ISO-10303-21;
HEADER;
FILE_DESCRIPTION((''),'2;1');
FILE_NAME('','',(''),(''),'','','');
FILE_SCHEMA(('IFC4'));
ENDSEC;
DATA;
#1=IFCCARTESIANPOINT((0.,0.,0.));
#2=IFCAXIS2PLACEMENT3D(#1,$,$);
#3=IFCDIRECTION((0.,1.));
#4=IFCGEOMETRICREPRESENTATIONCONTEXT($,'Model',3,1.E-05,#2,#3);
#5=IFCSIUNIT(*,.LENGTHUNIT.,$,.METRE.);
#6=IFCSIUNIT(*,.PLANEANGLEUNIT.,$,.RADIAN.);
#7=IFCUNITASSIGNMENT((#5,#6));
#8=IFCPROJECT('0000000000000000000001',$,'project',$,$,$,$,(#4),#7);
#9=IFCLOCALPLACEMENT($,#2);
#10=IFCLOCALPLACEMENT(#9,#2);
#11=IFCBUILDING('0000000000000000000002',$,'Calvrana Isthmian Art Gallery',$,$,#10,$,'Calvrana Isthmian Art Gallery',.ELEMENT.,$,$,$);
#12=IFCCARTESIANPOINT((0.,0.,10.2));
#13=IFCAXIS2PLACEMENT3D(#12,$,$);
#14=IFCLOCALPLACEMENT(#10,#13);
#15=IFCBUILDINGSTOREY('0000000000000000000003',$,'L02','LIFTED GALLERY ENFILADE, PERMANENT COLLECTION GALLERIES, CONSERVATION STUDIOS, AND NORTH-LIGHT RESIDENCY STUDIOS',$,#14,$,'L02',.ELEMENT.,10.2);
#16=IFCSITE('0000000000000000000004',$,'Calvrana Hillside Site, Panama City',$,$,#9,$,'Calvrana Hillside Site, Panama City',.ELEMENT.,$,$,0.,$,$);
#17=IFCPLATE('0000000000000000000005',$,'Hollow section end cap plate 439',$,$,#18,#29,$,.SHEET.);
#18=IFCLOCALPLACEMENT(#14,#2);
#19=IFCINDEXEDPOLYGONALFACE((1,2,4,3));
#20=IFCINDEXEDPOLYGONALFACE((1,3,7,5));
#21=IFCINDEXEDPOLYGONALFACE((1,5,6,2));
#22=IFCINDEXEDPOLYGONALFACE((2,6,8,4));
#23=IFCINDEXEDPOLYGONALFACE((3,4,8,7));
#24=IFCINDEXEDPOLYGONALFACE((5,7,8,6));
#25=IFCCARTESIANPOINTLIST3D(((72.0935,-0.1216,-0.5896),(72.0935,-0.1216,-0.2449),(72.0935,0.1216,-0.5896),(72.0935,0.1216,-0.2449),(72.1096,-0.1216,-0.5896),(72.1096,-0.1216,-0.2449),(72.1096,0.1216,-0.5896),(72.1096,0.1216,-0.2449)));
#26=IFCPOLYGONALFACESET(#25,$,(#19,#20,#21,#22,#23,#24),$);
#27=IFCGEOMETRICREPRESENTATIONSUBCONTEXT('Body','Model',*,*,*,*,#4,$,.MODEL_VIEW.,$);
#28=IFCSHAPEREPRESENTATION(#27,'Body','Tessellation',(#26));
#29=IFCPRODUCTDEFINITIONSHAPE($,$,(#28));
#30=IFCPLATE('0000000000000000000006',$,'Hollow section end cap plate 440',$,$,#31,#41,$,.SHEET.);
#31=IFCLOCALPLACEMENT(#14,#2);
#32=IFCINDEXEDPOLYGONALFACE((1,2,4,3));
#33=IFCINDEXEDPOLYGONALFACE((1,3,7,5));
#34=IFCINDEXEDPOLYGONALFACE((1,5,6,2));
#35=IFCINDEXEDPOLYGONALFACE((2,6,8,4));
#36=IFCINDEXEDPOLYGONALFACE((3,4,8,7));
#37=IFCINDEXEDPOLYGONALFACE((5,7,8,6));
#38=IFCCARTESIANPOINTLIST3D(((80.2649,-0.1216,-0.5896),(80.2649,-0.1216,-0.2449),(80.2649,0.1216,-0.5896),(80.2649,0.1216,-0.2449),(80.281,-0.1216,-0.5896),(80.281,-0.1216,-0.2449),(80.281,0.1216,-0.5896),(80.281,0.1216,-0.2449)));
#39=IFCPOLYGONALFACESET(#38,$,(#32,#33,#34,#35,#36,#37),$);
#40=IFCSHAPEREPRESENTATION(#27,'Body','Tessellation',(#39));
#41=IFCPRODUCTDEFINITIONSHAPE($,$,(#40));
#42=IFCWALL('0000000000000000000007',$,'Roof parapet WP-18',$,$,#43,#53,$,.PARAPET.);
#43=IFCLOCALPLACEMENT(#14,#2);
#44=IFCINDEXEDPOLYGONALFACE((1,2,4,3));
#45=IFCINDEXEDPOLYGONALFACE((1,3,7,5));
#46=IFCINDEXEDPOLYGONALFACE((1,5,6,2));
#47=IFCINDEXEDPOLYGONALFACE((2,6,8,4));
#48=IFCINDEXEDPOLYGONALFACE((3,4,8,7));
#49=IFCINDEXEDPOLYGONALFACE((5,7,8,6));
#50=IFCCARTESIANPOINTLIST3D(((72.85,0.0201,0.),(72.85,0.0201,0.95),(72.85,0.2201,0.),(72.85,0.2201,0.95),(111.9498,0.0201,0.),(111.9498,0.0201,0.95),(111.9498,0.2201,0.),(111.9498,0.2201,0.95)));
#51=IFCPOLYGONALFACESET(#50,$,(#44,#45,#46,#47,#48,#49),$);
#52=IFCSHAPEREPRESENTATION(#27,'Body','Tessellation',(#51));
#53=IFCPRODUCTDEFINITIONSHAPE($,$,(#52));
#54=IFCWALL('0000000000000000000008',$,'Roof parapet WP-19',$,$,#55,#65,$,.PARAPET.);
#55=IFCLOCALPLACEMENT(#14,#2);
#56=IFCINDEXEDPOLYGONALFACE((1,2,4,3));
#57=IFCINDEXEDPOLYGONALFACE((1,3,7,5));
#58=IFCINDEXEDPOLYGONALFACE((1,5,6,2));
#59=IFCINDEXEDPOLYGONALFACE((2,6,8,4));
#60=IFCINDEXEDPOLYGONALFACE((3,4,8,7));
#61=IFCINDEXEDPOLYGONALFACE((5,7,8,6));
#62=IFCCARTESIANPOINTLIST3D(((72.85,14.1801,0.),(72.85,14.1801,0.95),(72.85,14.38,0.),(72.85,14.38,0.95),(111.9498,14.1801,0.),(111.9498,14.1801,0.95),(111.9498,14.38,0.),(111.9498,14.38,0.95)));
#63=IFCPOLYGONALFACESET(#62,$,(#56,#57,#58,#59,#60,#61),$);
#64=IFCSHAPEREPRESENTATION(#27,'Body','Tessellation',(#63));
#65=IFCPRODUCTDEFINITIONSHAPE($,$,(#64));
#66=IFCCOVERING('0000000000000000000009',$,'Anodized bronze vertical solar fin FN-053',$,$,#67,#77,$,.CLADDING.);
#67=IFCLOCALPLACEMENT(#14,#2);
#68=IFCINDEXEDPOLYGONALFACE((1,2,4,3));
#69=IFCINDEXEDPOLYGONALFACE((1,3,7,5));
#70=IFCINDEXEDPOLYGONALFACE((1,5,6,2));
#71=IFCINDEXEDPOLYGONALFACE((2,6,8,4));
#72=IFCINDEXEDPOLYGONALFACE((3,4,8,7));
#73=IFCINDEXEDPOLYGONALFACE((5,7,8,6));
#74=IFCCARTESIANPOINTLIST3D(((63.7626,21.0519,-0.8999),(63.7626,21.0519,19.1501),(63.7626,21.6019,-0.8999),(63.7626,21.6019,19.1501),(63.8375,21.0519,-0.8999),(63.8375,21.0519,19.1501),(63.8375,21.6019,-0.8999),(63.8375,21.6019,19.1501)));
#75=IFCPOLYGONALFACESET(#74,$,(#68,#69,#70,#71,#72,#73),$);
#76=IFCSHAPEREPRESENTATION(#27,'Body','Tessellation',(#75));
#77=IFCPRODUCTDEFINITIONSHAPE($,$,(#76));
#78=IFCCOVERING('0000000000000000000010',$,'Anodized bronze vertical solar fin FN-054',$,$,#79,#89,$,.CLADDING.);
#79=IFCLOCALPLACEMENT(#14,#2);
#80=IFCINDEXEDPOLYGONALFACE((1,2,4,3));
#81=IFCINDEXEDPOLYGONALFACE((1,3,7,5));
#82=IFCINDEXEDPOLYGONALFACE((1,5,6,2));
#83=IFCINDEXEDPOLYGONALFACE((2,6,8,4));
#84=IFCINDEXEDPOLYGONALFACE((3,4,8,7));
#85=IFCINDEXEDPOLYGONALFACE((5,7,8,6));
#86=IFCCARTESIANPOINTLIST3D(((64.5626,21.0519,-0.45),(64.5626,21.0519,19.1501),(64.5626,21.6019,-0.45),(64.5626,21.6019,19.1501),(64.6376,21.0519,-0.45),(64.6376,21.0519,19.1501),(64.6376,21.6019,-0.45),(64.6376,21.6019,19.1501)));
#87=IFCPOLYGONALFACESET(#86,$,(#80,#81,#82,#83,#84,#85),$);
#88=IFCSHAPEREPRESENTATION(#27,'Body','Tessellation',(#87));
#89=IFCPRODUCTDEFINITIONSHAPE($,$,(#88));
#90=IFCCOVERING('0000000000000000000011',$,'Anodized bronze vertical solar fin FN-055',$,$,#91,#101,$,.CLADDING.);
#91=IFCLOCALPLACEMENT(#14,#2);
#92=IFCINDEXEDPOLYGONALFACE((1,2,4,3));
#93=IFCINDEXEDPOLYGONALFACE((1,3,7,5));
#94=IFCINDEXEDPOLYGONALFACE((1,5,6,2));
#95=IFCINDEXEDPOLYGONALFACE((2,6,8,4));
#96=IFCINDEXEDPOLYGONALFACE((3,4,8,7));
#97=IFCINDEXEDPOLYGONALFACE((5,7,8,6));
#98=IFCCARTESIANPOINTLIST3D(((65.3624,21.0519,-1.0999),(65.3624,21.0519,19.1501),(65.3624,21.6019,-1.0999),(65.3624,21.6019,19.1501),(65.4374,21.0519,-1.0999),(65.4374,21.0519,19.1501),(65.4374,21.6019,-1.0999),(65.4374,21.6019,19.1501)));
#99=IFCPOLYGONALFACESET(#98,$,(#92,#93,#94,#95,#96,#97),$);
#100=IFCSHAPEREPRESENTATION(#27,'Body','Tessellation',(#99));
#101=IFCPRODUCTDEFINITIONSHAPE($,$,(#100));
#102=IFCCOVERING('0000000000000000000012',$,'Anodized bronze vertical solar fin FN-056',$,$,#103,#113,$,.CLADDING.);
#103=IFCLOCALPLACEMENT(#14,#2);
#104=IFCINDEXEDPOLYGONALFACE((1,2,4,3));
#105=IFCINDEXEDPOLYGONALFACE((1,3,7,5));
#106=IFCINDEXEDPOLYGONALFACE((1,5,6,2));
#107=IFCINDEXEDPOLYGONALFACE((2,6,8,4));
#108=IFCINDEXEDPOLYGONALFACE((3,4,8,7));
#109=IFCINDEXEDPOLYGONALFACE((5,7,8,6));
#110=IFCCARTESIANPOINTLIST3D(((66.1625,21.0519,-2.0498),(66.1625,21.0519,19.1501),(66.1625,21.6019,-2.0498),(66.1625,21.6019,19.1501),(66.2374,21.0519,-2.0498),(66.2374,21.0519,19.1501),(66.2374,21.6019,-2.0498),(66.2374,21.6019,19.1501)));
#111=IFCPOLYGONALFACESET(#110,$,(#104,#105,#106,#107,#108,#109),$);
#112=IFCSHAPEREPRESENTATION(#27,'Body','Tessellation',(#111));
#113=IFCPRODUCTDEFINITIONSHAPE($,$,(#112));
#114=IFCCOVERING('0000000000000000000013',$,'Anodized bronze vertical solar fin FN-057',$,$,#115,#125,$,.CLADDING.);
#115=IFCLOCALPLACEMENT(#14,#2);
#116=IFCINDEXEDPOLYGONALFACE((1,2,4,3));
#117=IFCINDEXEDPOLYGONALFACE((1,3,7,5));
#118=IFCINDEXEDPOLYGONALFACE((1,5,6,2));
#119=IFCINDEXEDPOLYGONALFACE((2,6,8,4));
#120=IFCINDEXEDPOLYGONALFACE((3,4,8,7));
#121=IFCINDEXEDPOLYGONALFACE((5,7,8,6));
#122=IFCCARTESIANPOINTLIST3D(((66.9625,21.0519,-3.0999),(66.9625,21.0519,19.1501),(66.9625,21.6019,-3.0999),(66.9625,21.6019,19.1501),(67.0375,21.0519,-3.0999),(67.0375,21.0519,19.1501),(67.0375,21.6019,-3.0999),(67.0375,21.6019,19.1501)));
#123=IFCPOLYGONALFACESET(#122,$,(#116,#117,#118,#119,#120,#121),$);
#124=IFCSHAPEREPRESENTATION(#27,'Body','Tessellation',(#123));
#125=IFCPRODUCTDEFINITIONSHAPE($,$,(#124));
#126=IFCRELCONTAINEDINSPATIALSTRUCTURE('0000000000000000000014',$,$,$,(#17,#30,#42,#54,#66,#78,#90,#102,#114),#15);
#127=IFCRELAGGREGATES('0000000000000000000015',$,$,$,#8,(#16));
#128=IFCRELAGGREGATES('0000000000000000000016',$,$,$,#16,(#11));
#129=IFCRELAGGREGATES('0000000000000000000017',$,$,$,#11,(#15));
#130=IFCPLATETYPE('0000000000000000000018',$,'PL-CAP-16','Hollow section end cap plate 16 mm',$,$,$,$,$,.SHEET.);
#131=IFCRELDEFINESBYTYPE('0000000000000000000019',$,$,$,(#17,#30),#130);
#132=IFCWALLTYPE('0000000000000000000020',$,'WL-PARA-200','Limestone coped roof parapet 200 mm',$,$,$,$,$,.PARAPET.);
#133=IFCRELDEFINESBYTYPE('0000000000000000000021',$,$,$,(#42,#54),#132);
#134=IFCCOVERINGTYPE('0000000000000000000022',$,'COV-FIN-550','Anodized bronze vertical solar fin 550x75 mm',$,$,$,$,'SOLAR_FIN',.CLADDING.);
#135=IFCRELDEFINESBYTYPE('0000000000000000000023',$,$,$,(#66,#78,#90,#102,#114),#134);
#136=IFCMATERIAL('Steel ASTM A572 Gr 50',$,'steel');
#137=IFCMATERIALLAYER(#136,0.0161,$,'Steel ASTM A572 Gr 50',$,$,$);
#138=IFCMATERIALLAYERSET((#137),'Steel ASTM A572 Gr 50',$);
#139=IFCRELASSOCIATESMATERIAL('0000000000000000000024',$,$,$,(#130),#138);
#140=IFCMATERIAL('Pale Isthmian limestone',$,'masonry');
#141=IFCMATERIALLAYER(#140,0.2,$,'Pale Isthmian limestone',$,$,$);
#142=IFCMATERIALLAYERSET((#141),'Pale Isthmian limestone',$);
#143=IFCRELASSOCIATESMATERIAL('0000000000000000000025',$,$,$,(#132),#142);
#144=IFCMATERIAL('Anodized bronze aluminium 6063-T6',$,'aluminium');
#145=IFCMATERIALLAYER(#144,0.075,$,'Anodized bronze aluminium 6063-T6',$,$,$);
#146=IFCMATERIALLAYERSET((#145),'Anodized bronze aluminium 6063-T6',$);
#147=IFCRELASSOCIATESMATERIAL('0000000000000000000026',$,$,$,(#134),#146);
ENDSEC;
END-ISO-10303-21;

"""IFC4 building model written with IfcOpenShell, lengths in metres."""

from ifc_helpers import new_model, si_unit, direction, frame, frame_2d, origin, origin_2d, place, context, subcontext, project, spatial, rectangle, extrude, material, layer, layer_set, type_object, element, save


model = new_model("IFC4")

# Units and contexts
model_context = context("Model", 3, precision=1e-05, world=origin(), true_north=direction((0.0, 1.0)))
body_context = subcontext(model_context, "Body", "Model", "MODEL_VIEW")
ifc_project = project(units=[si_unit("LENGTHUNIT", "METRE"), si_unit("PLANEANGLEUNIT", "RADIAN")], contexts=[model_context])

# Site, building, storey
site_placement = place(None, origin())
site = spatial("IfcSite", under=ifc_project, at=site_placement, Name="Calvrana Hillside Site, Panama City", LongName="Calvrana Hillside Site, Panama City", CompositionType="ELEMENT", RefElevation=0.0)
building_placement = place(site_placement, origin())
building = spatial("IfcBuilding", under=site, at=building_placement, Name="Calvrana Isthmian Art Gallery", LongName="Calvrana Isthmian Art Gallery", CompositionType="ELEMENT")
storey_placement = place(building_placement, frame((0.0, 0.0, 10.2)))
storey = spatial("IfcBuildingStorey", under=building, at=storey_placement, Name="L02", Description="LIFTED GALLERY ENFILADE, PERMANENT COLLECTION GALLERIES, CONSERVATION STUDIOS, AND NORTH-LIGHT RESIDENCY STUDIOS", LongName="L02", CompositionType="ELEMENT", Elevation=10.2)

# Plates
ifc_material_1 = material(Name="Steel ASTM A572 Gr 50", Category="steel")
ifc_layer_1 = layer(ifc_material_1, 0.0161, Name="Steel ASTM A572 Gr 50")
ifc_layer_set_1 = layer_set([ifc_layer_1], Name="Steel ASTM A572 Gr 50")
plate_type = type_object("IfcPlateType", Name="PL-CAP-16", Description="Hollow section end cap plate 16 mm", PredefinedType="SHEET", material=ifc_layer_set_1)
for number, where, z_axis, x_axis, name in (
    (1, (72.1016, 0.0, -0.5896), (0.0, 0.0, 1.0), (1.0, 0.0, 0.0), "Hollow section end cap plate 439"),
    (2, (80.2729, 0.0, -0.5896), (0.0, 0.0, 1.0), (1.0, 0.0, 0.0), "Hollow section end cap plate 440"),
):
    element("IfcPlate", number, at=place(storey_placement, frame(where, z_axis=z_axis, x_axis=x_axis)), inside=storey, type_object=plate_type, Name=name, PredefinedType="SHEET", context=body_context, shape_type="SweptSolid", body=[
        extrude(rectangle(XDim=0.0161, YDim=0.2432, at=origin_2d()), origin(), (0.0, 0.0, 1.0), 0.3447),
    ])

# Walls
ifc_material_2 = material(Name="Pale Isthmian limestone", Category="masonry")
ifc_layer_2 = layer(ifc_material_2, 0.2, Name="Pale Isthmian limestone")
ifc_layer_set_2 = layer_set([ifc_layer_2], Name="Pale Isthmian limestone")
wall_type = type_object("IfcWallType", Name="WL-PARA-200", Description="Limestone coped roof parapet 200 mm", PredefinedType="PARAPET", material=ifc_layer_set_2)
for number, where, z_axis, x_axis, name in (
    (3, (72.8501, 0.1201, 0.0), (0.0, 0.0, 1.0), (1.0, 0.0, 0.0), "Roof parapet WP-18"),
    (4, (72.8501, 14.28, 0.0), (0.0, 0.0, 1.0), (1.0, 0.0, 0.0), "Roof parapet WP-19"),
):
    element("IfcWall", number, at=place(storey_placement, frame(where, z_axis=z_axis, x_axis=x_axis)), inside=storey, type_object=wall_type, Name=name, PredefinedType="PARAPET", context=body_context, shape_type="SweptSolid", body=[
        extrude(rectangle(XDim=39.0999, YDim=0.2, at=frame_2d((19.5498, 0.0))), origin(), (0.0, 0.0, 1.0), 0.95),
    ])

# Coverings
ifc_material_3 = material(Name="Anodized bronze aluminium 6063-T6", Category="aluminium")
ifc_layer_3 = layer(ifc_material_3, 0.075, Name="Anodized bronze aluminium 6063-T6")
ifc_layer_set_3 = layer_set([ifc_layer_3], Name="Anodized bronze aluminium 6063-T6")
covering_type = type_object("IfcCoveringType", Name="COV-FIN-550", Description="Anodized bronze vertical solar fin 550x75 mm", ElementType="SOLAR_FIN", PredefinedType="CLADDING", material=ifc_layer_set_3)
covering_1_placement = place(storey_placement, frame((63.8, 21.3269, -0.8999), z_axis=(0.0, 0.0, 1.0), x_axis=(1.0, 0.0, 0.0)))
element("IfcCovering", 5, at=covering_1_placement, inside=storey, type_object=covering_type, Name="Anodized bronze vertical solar fin FN-053", PredefinedType="CLADDING", context=body_context, shape_type="SweptSolid", body=[
    extrude(rectangle(XDim=0.075, YDim=0.55, at=origin_2d()), origin(), (0.0, 0.0, 1.0), 20.05),
])
covering_2_placement = place(storey_placement, frame((64.6001, 21.3269, -0.45), z_axis=(0.0, 0.0, 1.0), x_axis=(1.0, 0.0, 0.0)))
element("IfcCovering", 6, at=covering_2_placement, inside=storey, type_object=covering_type, Name="Anodized bronze vertical solar fin FN-054", PredefinedType="CLADDING", context=body_context, shape_type="SweptSolid", body=[
    extrude(rectangle(XDim=0.075, YDim=0.55, at=origin_2d()), origin(), (0.0, 0.0, 1.0), 19.6001),
])
covering_3_placement = place(storey_placement, frame((65.3999, 21.3269, -1.0999), z_axis=(0.0, 0.0, 1.0), x_axis=(1.0, 0.0, 0.0)))
element("IfcCovering", 7, at=covering_3_placement, inside=storey, type_object=covering_type, Name="Anodized bronze vertical solar fin FN-055", PredefinedType="CLADDING", context=body_context, shape_type="SweptSolid", body=[
    extrude(rectangle(XDim=0.075, YDim=0.55, at=origin_2d()), origin(), (0.0, 0.0, 1.0), 20.25),
])
covering_4_placement = place(storey_placement, frame((66.2, 21.3269, -2.0498), z_axis=(0.0, 0.0, 1.0), x_axis=(1.0, 0.0, 0.0)))
element("IfcCovering", 8, at=covering_4_placement, inside=storey, type_object=covering_type, Name="Anodized bronze vertical solar fin FN-056", PredefinedType="CLADDING", context=body_context, shape_type="SweptSolid", body=[
    extrude(rectangle(XDim=0.075, YDim=0.55, at=origin_2d()), origin(), (0.0, 0.0, 1.0), 21.2),
])
covering_5_placement = place(storey_placement, frame((67.0, 21.3269, -3.0999), z_axis=(0.0, 0.0, 1.0), x_axis=(1.0, 0.0, 0.0)))
element("IfcCovering", 9, at=covering_5_placement, inside=storey, type_object=covering_type, Name="Anodized bronze vertical solar fin FN-057", PredefinedType="CLADDING", context=body_context, shape_type="SweptSolid", body=[
    extrude(rectangle(XDim=0.075, YDim=0.55, at=origin_2d()), origin(), (0.0, 0.0, 1.0), 22.25),
])

save(model, "model.ifc")
